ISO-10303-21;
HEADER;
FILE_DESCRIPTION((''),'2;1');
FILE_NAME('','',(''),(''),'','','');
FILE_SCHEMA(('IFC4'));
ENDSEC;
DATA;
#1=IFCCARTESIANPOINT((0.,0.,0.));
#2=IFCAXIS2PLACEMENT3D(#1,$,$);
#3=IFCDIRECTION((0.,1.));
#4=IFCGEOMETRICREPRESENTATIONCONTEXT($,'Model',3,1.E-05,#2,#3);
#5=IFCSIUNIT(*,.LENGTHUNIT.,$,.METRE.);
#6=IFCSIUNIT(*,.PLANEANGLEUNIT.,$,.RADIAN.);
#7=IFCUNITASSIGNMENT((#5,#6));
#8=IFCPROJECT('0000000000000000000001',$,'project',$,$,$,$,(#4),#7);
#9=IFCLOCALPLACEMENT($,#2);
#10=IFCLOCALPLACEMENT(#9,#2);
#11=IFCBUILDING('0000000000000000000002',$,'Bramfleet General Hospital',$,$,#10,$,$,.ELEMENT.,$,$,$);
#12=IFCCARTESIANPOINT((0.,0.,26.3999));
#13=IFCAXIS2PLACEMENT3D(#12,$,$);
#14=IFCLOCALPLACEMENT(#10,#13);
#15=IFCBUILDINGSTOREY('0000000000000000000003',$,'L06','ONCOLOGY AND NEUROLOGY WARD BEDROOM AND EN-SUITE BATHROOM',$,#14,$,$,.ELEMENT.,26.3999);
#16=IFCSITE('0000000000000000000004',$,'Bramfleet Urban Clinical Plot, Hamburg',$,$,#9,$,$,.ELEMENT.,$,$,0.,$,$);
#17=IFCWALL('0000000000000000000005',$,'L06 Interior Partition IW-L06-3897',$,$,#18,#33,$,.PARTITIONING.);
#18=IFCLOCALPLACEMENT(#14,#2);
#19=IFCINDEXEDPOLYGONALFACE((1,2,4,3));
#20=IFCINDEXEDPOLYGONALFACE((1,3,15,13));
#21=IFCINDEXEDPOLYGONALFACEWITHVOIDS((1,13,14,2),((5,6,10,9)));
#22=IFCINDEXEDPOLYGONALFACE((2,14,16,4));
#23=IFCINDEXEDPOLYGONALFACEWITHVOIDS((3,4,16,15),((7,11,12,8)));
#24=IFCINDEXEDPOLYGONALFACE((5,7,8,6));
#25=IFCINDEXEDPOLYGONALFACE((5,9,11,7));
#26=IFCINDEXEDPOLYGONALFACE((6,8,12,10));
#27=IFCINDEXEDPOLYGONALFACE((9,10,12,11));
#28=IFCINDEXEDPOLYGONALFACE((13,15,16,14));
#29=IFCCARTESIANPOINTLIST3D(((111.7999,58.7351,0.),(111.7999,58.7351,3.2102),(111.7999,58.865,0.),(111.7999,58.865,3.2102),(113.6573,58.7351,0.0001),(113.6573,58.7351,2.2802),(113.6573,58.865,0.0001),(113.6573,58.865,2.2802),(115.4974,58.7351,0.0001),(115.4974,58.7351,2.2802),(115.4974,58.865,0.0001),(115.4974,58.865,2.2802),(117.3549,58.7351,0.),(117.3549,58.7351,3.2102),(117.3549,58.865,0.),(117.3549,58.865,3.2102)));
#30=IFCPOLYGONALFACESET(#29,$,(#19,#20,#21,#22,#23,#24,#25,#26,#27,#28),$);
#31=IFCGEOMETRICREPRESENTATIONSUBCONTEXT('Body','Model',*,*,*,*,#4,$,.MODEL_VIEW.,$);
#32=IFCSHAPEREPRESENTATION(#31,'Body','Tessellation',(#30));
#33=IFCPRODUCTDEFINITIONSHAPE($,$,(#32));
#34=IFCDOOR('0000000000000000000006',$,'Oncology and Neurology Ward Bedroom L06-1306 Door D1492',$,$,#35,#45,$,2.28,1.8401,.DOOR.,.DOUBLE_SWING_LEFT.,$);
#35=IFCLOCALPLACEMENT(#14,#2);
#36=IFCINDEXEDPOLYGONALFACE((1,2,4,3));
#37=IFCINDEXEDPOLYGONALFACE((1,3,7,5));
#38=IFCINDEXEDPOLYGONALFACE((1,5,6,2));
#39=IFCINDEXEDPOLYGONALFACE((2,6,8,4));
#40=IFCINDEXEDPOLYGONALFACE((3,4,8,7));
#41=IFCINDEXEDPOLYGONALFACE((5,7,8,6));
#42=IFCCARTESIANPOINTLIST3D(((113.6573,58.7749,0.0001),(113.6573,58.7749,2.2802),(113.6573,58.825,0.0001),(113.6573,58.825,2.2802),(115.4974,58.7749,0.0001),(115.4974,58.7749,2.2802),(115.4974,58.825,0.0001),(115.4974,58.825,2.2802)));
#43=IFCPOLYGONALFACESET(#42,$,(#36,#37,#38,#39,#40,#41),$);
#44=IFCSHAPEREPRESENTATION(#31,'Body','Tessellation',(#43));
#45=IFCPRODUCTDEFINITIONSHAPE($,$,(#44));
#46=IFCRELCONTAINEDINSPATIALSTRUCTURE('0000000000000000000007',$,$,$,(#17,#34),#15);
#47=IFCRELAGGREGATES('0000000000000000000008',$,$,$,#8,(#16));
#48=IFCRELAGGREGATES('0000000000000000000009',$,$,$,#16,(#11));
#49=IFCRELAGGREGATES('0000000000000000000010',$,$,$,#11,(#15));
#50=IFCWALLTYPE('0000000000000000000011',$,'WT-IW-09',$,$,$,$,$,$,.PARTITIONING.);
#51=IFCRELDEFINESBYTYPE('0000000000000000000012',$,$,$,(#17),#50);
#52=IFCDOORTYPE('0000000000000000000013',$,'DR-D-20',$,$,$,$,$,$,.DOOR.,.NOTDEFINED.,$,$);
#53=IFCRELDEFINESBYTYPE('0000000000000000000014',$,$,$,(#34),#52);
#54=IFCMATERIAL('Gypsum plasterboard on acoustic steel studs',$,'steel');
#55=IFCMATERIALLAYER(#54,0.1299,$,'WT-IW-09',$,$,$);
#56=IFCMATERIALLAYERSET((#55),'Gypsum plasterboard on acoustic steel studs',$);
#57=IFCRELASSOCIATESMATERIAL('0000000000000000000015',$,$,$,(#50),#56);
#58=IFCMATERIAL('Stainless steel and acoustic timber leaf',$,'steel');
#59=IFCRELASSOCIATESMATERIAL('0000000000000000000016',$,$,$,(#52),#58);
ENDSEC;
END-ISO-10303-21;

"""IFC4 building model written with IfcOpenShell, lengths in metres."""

from ifc_helpers import new_model, si_unit, direction, frame, frame_2d, origin, place, context, subcontext, project, spatial, rectangle, extrude, material, layer, layer_set, type_object, element, fill, save


model = new_model("IFC4")

# Units and contexts
model_context = context("Model", 3, precision=1e-05, world=origin(), true_north=direction((0.0, 1.0)))
body_context = subcontext(model_context, "Body", "Model", "MODEL_VIEW")
ifc_project = project(units=[si_unit("LENGTHUNIT", "METRE"), si_unit("PLANEANGLEUNIT", "RADIAN")], contexts=[model_context])

# Site, building, storey
site_placement = place(None, origin())
site = spatial("IfcSite", under=ifc_project, at=site_placement, Name="Bramfleet Urban Clinical Plot, Hamburg", CompositionType="ELEMENT", RefElevation=0.0)
building_placement = place(site_placement, origin())
building = spatial("IfcBuilding", under=site, at=building_placement, Name="Bramfleet General Hospital", CompositionType="ELEMENT")
storey_placement = place(building_placement, frame((0.0, 0.0, 26.3999)))
storey = spatial("IfcBuildingStorey", under=building, at=storey_placement, Name="L06", Description="ONCOLOGY AND NEUROLOGY WARD BEDROOM AND EN-SUITE BATHROOM", CompositionType="ELEMENT", Elevation=26.3999)

# Wall, opening, door
ifc_material_1 = material(Name="Gypsum plasterboard on acoustic steel studs", Category="steel")
ifc_layer_1 = layer(ifc_material_1, 0.1299, Name="WT-IW-09")
ifc_layer_set_1 = layer_set([ifc_layer_1], Name="Gypsum plasterboard on acoustic steel studs")
wall_type = type_object("IfcWallType", Name="WT-IW-09", PredefinedType="PARTITIONING", material=ifc_layer_set_1)
wall_placement = place(storey_placement, frame((111.8, 58.8, 0.0), z_axis=(0.0, 0.0, 1.0), x_axis=(1.0, 0.0, 0.0)))
wall = element("IfcWall", 1, at=wall_placement, inside=storey, type_object=wall_type, Name="L06 Interior Partition IW-L06-3897", PredefinedType="PARTITIONING", context=body_context, shape_type="SweptSolid", body=[
    extrude(rectangle(XDim=5.5549, YDim=0.1299, at=frame_2d((2.7773, 0.0))), origin(), (0.0, 0.0, 1.0), 3.2102),
])
opening_placement = place(wall_placement, frame((1.8574, 0.0, 0.0)))
opening = element("IfcOpeningElement", 2, at=opening_placement, cuts=wall, PredefinedType="OPENING", context=body_context, shape_type="SweptSolid", body=[
    extrude(rectangle(XDim=1.8401, YDim=2.28, at=frame_2d((0.9199, 1.1401))), frame((0.0, 0.075, 0.0), z_axis=(0.0, -1.0, 0.0), x_axis=(1.0, 0.0, 0.0)), (0.0, 0.0, 1.0), 0.1499),
])
ifc_material_2 = material(Name="Stainless steel and acoustic timber leaf", Category="steel")
door_type = type_object("IfcDoorType", Name="DR-D-20", OperationType="NOTDEFINED", PredefinedType="DOOR", material=ifc_material_2)
door_placement = place(opening_placement, origin())
door = element("IfcDoor", 3, at=door_placement, inside=storey, type_object=door_type, Name="Oncology and Neurology Ward Bedroom L06-1306 Door D1492", OperationType="DOUBLE_SWING_LEFT", OverallHeight=2.28, OverallWidth=1.8401, PredefinedType="DOOR", context=body_context, shape_type="SweptSolid", body=[
    extrude(rectangle(XDim=1.8401, YDim=2.28, at=frame_2d((0.9199, 1.1401))), frame((0.0, 0.0249, 0.0), z_axis=(0.0, -1.0, 0.0), x_axis=(1.0, 0.0, 0.0)), (0.0, 0.0, 1.0), 0.05),
])
fill(opening, door)

save(model, "model.ifc")
